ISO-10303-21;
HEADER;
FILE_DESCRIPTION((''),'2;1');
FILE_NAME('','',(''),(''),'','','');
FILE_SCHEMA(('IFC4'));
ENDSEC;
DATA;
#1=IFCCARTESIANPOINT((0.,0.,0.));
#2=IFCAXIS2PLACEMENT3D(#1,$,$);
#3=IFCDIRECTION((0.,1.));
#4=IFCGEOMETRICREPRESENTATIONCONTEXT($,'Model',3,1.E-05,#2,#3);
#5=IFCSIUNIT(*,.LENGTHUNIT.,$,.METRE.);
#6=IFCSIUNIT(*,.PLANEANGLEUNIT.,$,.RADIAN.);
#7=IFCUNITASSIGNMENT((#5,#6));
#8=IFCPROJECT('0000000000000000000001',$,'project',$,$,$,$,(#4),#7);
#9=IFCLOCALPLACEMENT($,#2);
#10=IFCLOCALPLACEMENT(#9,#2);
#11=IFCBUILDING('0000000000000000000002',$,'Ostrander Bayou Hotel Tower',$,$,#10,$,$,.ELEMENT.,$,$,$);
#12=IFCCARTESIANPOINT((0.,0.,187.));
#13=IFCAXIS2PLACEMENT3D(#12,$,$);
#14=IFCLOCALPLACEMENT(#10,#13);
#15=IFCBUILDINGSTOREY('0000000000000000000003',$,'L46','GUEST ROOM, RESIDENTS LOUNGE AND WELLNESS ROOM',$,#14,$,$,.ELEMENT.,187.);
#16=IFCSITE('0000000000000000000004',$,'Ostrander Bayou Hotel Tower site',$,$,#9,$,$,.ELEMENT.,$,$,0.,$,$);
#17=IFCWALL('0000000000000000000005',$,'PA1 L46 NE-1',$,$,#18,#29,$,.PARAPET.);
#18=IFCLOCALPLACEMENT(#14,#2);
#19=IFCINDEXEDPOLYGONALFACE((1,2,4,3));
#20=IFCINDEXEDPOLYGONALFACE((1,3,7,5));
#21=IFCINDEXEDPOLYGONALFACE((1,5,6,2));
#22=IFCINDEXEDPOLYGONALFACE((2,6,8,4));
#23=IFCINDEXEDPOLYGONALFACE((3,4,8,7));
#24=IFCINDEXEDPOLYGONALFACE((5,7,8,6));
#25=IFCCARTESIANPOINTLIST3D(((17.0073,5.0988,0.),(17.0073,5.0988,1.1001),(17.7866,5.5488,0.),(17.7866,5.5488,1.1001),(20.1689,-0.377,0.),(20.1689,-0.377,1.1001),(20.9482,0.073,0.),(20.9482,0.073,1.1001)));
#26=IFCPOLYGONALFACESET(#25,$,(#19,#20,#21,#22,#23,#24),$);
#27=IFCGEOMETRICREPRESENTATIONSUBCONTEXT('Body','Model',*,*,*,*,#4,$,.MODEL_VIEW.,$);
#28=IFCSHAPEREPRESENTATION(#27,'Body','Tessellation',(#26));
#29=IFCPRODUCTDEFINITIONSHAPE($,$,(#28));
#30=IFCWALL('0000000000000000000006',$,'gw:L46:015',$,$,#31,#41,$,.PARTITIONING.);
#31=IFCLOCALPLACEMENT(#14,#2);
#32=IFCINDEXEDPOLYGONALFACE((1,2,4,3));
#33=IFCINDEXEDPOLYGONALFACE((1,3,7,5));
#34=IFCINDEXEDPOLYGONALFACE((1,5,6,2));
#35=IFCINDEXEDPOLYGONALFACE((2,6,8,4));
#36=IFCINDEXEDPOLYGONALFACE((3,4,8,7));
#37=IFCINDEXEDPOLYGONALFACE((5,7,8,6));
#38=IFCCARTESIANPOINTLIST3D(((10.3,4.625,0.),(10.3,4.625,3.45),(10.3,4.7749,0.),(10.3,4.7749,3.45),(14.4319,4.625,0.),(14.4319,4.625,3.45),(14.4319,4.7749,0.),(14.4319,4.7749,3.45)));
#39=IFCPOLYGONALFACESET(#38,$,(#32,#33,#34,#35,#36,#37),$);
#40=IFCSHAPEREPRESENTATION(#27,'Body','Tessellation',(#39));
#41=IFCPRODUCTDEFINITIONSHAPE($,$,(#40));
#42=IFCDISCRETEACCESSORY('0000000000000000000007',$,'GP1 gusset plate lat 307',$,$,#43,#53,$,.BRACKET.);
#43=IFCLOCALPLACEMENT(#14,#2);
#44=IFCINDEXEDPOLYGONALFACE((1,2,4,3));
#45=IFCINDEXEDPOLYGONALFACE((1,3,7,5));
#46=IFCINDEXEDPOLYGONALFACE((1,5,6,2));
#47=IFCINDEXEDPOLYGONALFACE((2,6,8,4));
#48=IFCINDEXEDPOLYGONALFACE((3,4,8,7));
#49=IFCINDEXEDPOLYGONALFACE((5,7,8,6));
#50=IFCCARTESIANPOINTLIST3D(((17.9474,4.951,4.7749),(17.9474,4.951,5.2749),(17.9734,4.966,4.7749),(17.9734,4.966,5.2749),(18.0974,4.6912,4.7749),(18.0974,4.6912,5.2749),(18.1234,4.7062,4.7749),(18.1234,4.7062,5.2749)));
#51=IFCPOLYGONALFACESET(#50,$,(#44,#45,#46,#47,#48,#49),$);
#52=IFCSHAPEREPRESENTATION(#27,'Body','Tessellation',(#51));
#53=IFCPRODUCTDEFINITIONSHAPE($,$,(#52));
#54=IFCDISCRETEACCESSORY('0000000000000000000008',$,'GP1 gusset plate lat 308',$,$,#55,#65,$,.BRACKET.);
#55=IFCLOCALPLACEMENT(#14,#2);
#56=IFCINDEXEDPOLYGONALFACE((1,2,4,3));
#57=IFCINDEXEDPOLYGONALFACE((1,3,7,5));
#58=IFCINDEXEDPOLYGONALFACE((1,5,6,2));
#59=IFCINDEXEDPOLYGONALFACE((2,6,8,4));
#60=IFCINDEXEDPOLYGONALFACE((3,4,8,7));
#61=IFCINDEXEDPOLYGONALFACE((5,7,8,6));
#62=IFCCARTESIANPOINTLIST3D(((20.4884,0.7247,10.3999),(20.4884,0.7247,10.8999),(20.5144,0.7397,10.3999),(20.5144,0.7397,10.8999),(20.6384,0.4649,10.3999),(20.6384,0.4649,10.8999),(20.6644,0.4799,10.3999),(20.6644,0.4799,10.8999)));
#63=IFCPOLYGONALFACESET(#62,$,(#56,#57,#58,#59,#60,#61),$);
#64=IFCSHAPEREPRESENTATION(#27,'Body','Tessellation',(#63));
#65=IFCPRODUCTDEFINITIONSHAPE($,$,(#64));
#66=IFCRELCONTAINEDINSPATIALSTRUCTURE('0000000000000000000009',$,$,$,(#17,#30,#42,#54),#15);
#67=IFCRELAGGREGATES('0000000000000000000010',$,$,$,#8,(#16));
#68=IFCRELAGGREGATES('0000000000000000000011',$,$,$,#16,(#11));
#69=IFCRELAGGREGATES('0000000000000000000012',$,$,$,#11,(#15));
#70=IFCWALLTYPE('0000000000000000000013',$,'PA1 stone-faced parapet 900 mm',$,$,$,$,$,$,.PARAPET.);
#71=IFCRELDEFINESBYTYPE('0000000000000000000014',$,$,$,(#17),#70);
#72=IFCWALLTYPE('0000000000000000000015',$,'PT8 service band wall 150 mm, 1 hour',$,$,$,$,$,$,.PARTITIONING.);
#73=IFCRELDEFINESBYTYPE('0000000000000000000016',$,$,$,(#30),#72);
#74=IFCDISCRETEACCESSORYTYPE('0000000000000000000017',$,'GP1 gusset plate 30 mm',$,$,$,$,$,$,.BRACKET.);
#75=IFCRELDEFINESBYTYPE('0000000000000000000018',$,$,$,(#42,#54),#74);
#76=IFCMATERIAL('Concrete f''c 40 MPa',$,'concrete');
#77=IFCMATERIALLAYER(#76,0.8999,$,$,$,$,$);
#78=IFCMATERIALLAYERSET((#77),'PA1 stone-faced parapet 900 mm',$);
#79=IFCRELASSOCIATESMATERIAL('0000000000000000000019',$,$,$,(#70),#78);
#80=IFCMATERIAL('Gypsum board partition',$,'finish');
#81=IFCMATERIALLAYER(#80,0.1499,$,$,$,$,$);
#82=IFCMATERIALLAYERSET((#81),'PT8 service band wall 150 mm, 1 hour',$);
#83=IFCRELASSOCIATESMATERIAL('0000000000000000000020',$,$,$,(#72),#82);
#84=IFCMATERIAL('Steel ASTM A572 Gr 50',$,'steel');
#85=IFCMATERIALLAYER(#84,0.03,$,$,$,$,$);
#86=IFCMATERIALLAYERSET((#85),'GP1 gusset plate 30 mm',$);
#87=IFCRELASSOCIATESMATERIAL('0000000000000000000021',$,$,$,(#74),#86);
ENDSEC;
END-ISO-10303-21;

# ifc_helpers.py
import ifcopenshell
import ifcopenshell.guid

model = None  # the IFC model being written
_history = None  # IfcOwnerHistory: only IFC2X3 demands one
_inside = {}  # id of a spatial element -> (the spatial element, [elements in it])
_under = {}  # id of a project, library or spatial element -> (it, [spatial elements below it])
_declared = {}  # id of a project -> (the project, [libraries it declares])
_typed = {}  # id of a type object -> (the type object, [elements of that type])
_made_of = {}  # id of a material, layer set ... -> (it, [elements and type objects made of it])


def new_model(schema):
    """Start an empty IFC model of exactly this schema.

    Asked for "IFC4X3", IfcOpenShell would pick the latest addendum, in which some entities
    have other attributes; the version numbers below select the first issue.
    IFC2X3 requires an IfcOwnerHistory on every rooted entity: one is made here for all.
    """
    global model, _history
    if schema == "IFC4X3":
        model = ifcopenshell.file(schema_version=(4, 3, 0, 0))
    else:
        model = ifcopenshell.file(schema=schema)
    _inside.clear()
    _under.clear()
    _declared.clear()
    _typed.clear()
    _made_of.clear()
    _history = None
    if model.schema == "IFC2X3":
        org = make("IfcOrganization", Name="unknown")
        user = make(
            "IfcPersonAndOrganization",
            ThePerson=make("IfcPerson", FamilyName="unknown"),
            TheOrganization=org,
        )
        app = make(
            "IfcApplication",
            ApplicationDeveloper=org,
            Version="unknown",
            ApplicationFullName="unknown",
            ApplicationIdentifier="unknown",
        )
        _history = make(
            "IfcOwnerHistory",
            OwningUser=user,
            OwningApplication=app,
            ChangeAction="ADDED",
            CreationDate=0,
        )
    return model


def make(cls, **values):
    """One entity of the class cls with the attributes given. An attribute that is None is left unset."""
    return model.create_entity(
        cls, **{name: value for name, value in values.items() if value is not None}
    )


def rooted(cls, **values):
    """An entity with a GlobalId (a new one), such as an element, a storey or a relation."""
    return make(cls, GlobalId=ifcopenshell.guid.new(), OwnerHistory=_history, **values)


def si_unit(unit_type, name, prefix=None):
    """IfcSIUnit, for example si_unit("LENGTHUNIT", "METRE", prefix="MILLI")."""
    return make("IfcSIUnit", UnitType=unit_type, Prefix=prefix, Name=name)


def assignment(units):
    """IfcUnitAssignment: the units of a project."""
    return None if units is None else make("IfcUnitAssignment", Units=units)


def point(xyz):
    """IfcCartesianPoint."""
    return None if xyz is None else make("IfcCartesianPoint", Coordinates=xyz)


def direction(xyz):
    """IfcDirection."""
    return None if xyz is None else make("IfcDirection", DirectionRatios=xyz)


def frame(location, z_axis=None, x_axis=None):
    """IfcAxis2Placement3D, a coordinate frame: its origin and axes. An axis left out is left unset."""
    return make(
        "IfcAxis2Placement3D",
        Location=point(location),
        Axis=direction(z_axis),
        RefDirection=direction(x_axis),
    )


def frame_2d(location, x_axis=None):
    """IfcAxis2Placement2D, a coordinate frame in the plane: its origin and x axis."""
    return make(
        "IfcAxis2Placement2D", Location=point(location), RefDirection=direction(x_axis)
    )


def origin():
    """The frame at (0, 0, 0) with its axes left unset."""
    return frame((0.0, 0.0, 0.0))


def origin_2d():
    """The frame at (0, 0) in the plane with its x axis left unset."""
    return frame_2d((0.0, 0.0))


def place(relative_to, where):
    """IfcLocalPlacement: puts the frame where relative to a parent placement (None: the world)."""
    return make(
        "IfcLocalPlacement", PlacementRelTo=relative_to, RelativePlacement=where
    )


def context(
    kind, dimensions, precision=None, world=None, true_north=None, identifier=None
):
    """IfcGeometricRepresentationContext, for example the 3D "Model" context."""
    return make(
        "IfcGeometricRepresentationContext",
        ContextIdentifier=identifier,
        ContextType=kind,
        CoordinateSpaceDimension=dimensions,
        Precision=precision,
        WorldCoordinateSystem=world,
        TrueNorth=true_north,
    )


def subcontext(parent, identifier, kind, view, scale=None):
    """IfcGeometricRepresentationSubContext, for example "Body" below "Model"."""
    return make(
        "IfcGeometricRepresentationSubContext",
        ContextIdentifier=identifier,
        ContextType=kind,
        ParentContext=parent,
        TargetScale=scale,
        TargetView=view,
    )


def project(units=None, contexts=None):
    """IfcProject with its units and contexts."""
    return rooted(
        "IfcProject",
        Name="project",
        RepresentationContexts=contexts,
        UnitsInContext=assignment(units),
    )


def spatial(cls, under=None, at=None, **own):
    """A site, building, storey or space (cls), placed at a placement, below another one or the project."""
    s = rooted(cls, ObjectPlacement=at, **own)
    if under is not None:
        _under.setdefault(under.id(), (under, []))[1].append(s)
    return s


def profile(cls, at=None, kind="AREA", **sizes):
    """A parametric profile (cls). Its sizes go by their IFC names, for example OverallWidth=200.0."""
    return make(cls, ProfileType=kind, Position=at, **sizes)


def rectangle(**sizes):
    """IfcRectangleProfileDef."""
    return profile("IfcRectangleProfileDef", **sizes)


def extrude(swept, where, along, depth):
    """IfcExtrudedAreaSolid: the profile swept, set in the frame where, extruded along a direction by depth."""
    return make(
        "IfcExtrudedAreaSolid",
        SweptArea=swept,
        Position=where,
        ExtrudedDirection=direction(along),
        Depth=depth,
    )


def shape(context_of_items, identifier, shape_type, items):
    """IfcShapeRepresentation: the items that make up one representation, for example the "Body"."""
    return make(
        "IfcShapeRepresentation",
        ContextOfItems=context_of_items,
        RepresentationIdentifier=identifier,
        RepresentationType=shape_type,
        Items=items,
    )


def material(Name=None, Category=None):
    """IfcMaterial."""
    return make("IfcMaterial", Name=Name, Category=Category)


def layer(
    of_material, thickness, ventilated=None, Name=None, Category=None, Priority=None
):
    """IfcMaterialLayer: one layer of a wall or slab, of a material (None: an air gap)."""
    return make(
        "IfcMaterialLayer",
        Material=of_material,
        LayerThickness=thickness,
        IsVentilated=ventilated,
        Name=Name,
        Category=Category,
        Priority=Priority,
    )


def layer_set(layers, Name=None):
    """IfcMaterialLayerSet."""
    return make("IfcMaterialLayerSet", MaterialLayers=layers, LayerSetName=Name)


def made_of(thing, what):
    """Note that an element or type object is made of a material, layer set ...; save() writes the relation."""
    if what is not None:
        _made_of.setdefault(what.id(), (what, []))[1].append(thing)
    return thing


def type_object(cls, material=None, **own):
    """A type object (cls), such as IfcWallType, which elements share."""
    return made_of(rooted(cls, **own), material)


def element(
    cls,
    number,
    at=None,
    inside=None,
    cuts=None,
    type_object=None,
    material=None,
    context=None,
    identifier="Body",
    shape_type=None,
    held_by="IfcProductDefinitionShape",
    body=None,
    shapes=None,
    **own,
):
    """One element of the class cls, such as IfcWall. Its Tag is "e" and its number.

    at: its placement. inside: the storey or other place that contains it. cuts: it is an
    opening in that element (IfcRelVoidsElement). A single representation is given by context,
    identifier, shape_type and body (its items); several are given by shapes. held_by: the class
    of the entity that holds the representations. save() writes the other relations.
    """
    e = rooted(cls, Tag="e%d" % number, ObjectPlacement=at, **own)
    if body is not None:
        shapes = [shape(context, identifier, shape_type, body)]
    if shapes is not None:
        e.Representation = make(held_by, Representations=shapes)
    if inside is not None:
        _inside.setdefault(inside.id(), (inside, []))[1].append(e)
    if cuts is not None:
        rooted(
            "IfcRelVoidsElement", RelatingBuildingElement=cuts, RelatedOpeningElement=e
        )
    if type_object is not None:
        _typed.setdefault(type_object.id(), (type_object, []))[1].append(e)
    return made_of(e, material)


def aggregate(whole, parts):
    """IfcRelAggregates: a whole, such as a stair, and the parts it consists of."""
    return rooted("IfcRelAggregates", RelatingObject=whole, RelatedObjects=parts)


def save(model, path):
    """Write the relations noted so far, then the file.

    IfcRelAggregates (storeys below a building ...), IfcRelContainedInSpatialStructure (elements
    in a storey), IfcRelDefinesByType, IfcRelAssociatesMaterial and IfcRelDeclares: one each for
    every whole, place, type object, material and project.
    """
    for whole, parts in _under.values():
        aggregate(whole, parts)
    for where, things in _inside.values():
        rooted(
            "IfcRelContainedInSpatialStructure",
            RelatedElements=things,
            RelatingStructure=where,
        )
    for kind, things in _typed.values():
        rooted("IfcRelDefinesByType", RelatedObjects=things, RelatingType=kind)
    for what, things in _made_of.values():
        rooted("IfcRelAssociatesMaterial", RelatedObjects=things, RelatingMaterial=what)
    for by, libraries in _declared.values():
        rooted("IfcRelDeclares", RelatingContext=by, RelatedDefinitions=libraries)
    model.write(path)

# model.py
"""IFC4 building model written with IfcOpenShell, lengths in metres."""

from ifc_helpers import new_model, si_unit, direction, frame, frame_2d, origin, origin_2d, place, context, subcontext, project, spatial, rectangle, extrude, material, layer, layer_set, type_object, element, save


model = new_model("IFC4")

# Units and contexts
model_context = context("Model", 3, precision=1e-05, world=origin(), true_north=direction((0.0, 1.0)))
body_context = subcontext(model_context, "Body", "Model", "MODEL_VIEW")
ifc_project = project(units=[si_unit("LENGTHUNIT", "METRE"), si_unit("PLANEANGLEUNIT", "RADIAN")], contexts=[model_context])

# Site, building, storey
site_placement = place(None, origin())
site = spatial("IfcSite", under=ifc_project, at=site_placement, Name="Ostrander Bayou Hotel Tower site", CompositionType="ELEMENT", RefElevation=0.0)
building_placement = place(site_placement, origin())
building = spatial("IfcBuilding", under=site, at=building_placement, Name="Ostrander Bayou Hotel Tower", CompositionType="ELEMENT")
storey_placement = place(building_placement, frame((0.0, 0.0, 187.0)))
storey = spatial("IfcBuildingStorey", under=building, at=storey_placement, Name="L46", Description="GUEST ROOM, RESIDENTS LOUNGE AND WELLNESS ROOM", CompositionType="ELEMENT", Elevation=187.0)

# Walls
ifc_material_1 = material(Name="Concrete f'c 40 MPa", Category="concrete")
ifc_layer_1 = layer(ifc_material_1, 0.8999)
ifc_layer_set_1 = layer_set([ifc_layer_1], Name="PA1 stone-faced parapet 900 mm")
wall_type_1 = type_object("IfcWallType", Name="PA1 stone-faced parapet 900 mm", PredefinedType="PARAPET", material=ifc_layer_set_1)
wall_1_placement = place(storey_placement, frame((20.5586, -0.1521, 0.0), z_axis=(0.0, 0.0, 1.0), x_axis=(-0.500018, 0.866015, 0.0)))
element("IfcWall", 1, at=wall_1_placement, inside=storey, type_object=wall_type_1, Name="PA1 L46 NE-1", PredefinedType="PARAPET", context=body_context, shape_type="SweptSolid", body=[
    extrude(rectangle(XDim=6.323, YDim=0.8999, at=frame_2d((3.1616, 0.0))), origin(), (0.0, 0.0, 1.0), 1.1001),
])
ifc_material_2 = material(Name="Gypsum board partition", Category="finish")
ifc_layer_2 = layer(ifc_material_2, 0.1499)
ifc_layer_set_2 = layer_set([ifc_layer_2], Name="PT8 service band wall 150 mm, 1 hour")
wall_type_2 = type_object("IfcWallType", Name="PT8 service band wall 150 mm, 1 hour", PredefinedType="PARTITIONING", material=ifc_layer_set_2)
wall_2_placement = place(storey_placement, frame((10.3, 4.7, 0.0), z_axis=(0.0, 0.0, 1.0), x_axis=(1.0, 0.0, 0.0)))
element("IfcWall", 2, at=wall_2_placement, inside=storey, type_object=wall_type_2, Name="gw:L46:015", PredefinedType="PARTITIONING", context=body_context, shape_type="SweptSolid", body=[
    extrude(rectangle(XDim=4.1318, YDim=0.1499, at=frame_2d((2.0659, 0.0))), origin(), (0.0, 0.0, 1.0), 3.45),
])

# Discrete accessories
ifc_material_3 = material(Name="Steel ASTM A572 Gr 50", Category="steel")
ifc_layer_3 = layer(ifc_material_3, 0.03)
ifc_layer_set_3 = layer_set([ifc_layer_3], Name="GP1 gusset plate 30 mm")
discrete_accessory_type = type_object("IfcDiscreteAccessoryType", Name="GP1 gusset plate 30 mm", PredefinedType="BRACKET", material=ifc_layer_set_3)
for number, where, z_axis, x_axis, name in (
    (3, (18.0354, 4.8286, 4.7749), (0.0, 0.0, 1.0), (-0.5, 0.866025, 0.0), "GP1 gusset plate lat 307"),
    (4, (20.5764, 0.6023, 10.3999), (0.0, 0.0, 1.0), (-0.5, 0.866025, 0.0), "GP1 gusset plate lat 308"),
):
    element("IfcDiscreteAccessory", number, at=place(storey_placement, frame(where, z_axis=z_axis, x_axis=x_axis)), inside=storey, type_object=discrete_accessory_type, Name=name, PredefinedType="BRACKET", context=body_context, shape_type="SweptSolid", body=[
        extrude(rectangle(XDim=0.3, YDim=0.03, at=origin_2d()), origin(), (0.0, 0.0, 1.0), 0.5),
    ])

save(model, "model.ifc")
